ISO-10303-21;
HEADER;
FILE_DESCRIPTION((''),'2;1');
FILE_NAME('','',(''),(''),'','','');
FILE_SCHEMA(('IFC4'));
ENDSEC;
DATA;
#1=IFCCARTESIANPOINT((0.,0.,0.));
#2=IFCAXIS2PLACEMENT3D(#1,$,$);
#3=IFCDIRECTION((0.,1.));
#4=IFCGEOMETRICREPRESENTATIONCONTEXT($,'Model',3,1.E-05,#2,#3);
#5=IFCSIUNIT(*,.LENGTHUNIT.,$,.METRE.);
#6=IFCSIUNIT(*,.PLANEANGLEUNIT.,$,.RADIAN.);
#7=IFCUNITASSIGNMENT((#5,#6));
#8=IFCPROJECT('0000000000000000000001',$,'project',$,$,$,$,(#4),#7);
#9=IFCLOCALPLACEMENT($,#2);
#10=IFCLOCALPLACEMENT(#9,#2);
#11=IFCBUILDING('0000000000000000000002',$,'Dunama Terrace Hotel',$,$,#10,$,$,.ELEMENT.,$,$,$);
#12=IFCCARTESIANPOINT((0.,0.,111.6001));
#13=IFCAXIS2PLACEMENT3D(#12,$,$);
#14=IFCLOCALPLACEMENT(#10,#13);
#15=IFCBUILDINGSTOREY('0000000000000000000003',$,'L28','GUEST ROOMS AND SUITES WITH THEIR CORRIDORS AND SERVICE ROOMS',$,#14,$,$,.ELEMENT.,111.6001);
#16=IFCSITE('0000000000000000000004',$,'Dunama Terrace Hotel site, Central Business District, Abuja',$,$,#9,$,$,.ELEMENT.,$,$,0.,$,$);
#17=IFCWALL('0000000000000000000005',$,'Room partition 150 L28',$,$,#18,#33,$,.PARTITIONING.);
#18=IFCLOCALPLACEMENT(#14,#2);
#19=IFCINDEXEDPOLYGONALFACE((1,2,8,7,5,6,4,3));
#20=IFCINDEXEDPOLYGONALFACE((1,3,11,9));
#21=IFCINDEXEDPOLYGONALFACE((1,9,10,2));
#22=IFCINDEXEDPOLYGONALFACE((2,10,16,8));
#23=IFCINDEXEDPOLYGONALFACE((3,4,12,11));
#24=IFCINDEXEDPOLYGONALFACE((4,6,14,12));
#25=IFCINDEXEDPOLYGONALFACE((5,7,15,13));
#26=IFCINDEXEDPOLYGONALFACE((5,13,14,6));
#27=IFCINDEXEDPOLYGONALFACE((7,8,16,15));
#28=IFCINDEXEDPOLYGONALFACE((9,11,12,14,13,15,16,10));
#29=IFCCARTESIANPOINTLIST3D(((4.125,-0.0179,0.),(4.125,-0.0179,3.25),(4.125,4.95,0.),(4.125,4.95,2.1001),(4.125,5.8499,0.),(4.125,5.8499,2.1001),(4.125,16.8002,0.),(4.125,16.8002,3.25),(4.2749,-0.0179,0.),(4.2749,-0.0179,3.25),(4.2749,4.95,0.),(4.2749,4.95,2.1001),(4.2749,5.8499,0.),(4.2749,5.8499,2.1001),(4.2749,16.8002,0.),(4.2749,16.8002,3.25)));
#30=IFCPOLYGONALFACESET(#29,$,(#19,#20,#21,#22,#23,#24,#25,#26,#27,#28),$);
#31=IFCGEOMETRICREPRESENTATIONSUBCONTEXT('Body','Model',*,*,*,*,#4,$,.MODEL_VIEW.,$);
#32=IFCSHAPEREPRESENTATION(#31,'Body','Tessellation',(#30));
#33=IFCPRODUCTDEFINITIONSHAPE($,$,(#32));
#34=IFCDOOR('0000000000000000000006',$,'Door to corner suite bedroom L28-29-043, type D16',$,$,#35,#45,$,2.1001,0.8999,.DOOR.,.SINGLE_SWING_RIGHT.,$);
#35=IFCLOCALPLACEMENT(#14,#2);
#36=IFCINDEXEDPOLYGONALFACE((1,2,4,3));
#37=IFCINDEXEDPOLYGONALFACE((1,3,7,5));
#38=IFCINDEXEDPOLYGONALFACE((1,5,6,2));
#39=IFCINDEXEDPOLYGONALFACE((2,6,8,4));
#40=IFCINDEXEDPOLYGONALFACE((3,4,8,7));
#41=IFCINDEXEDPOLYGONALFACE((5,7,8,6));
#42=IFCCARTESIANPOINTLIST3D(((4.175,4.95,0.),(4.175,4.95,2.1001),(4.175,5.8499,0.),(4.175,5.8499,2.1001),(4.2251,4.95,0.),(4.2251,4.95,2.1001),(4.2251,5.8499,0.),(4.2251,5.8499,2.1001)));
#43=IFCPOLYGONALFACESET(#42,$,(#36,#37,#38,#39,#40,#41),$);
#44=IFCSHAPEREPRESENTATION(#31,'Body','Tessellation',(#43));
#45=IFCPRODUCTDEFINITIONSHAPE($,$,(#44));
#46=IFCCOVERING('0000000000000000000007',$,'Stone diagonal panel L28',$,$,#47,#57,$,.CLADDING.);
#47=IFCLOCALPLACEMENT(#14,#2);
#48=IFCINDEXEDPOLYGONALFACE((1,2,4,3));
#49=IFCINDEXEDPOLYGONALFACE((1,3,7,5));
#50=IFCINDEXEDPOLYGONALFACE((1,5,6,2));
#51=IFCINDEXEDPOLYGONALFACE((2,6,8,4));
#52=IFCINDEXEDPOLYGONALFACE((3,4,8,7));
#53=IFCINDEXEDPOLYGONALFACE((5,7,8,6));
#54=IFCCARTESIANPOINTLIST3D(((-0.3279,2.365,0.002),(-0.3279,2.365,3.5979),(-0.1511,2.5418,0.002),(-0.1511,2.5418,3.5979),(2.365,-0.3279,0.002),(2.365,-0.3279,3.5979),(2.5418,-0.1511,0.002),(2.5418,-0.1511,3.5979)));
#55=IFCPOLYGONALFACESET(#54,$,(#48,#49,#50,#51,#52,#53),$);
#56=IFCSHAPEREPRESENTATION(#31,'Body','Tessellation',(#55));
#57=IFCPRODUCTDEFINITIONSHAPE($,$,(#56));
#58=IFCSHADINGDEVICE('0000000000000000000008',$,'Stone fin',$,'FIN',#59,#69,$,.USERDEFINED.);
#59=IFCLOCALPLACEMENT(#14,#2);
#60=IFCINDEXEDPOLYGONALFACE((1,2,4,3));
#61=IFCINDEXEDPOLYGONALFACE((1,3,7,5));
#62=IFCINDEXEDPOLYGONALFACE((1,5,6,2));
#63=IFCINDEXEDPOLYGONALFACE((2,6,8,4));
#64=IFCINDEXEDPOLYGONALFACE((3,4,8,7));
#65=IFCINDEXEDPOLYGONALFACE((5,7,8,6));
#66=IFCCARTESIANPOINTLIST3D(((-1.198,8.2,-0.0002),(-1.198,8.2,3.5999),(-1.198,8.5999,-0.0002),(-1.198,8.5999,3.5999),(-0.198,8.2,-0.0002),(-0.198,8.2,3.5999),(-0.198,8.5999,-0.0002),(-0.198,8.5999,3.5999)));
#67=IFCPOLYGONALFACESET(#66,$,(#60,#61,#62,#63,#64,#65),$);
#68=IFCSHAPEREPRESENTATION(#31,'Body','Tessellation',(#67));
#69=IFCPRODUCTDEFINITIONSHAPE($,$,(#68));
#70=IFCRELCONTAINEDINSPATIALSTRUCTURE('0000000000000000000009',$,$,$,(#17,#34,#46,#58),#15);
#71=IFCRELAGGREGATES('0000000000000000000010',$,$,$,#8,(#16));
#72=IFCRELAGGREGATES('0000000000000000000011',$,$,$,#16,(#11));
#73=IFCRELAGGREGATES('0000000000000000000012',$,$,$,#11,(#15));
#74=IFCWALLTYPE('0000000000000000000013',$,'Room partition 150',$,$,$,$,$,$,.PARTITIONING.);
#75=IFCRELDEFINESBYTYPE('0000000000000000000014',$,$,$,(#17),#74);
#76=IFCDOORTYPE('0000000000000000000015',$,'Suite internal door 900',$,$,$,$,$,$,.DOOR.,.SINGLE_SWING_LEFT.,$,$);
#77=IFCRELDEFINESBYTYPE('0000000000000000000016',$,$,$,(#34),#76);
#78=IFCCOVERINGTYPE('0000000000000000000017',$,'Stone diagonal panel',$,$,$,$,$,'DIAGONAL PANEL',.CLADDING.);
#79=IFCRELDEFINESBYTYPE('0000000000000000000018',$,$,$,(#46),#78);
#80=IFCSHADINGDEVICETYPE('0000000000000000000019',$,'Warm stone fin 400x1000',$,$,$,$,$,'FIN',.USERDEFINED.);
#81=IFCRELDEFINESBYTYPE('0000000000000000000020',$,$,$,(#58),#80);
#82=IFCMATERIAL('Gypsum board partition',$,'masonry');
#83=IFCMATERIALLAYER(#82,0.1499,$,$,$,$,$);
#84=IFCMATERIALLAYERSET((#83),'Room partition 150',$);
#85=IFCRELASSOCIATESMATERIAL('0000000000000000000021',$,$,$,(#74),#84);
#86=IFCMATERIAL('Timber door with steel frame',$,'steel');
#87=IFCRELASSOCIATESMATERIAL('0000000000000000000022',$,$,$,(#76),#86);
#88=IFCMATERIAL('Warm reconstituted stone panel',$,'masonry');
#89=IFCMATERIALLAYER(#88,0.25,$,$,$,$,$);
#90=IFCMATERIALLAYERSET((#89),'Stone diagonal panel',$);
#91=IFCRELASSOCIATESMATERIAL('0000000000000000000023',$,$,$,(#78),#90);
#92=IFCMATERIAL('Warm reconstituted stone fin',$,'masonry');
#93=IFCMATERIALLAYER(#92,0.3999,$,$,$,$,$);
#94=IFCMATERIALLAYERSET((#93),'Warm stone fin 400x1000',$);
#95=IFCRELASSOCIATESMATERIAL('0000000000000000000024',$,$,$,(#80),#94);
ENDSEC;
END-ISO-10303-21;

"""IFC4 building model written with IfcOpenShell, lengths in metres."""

from ifc_helpers import new_model, si_unit, direction, frame, frame_2d, origin, origin_2d, place, context, subcontext, project, spatial, rectangle, extrude, material, layer, layer_set, type_object, element, fill, save


model = new_model("IFC4")

# Units and contexts
model_context = context("Model", 3, precision=1e-05, world=origin(), true_north=direction((0.0, 1.0)))
body_context = subcontext(model_context, "Body", "Model", "MODEL_VIEW")
ifc_project = project(units=[si_unit("LENGTHUNIT", "METRE"), si_unit("PLANEANGLEUNIT", "RADIAN")], contexts=[model_context])

# Site, building, storey
site_placement = place(None, origin())
site = spatial("IfcSite", under=ifc_project, at=site_placement, Name="Dunama Terrace Hotel site, Central Business District, Abuja", CompositionType="ELEMENT", RefElevation=0.0)
building_placement = place(site_placement, origin())
building = spatial("IfcBuilding", under=site, at=building_placement, Name="Dunama Terrace Hotel", CompositionType="ELEMENT")
storey_placement = place(building_placement, frame((0.0, 0.0, 111.6001)))
storey = spatial("IfcBuildingStorey", under=building, at=storey_placement, Name="L28", Description="GUEST ROOMS AND SUITES WITH THEIR CORRIDORS AND SERVICE ROOMS", CompositionType="ELEMENT", Elevation=111.6001)

# Shared definitions
ifc_material_1 = material(Name="Gypsum board partition", Category="masonry")
ifc_layer_1 = layer(ifc_material_1, 0.1499)
ifc_layer_set_1 = layer_set([ifc_layer_1], Name="Room partition 150")
wall_type = type_object("IfcWallType", Name="Room partition 150", PredefinedType="PARTITIONING", material=ifc_layer_set_1)

# Wall, opening, door
wall_1_placement = place(storey_placement, frame((4.2, -0.0181, 0.0), z_axis=(0.0, 0.0, 1.0), x_axis=(0.0, 1.0, 0.0)))
wall_1 = element("IfcWall", 1, at=wall_1_placement, inside=storey, type_object=wall_type, Name="Room partition 150 L28", PredefinedType="PARTITIONING", context=body_context, shape_type="SweptSolid", body=[
    extrude(rectangle(XDim=16.8181, YDim=0.1499, at=frame_2d((8.4092, 0.0))), origin(), (0.0, 0.0, 1.0), 3.25),
])
opening_placement = place(wall_1_placement, frame((4.968, 0.0, 0.0)))
opening = element("IfcOpeningElement", 2, at=opening_placement, cuts=wall_1, PredefinedType="OPENING", context=body_context, shape_type="SweptSolid", body=[
    extrude(rectangle(XDim=0.8999, YDim=2.1001, at=frame_2d((0.45, 1.05))), frame((0.0, 0.085, 0.0), z_axis=(0.0, -1.0, 0.0), x_axis=(1.0, 0.0, 0.0)), (0.0, 0.0, 1.0), 0.1699),
])
ifc_material_2 = material(Name="Timber door with steel frame", Category="steel")
door_type = type_object("IfcDoorType", Name="Suite internal door 900", OperationType="SINGLE_SWING_LEFT", PredefinedType="DOOR", material=ifc_material_2)
door_placement = place(opening_placement, origin())
door = element("IfcDoor", 3, at=door_placement, inside=storey, type_object=door_type, Name="Door to corner suite bedroom L28-29-043, type D16", OperationType="SINGLE_SWING_RIGHT", OverallHeight=2.1001, OverallWidth=0.8999, PredefinedType="DOOR", context=body_context, shape_type="SweptSolid", body=[
    extrude(rectangle(XDim=0.8999, YDim=2.1001, at=frame_2d((0.45, 1.05))), frame((0.0, 0.0249, 0.0), z_axis=(0.0, -1.0, 0.0), x_axis=(1.0, 0.0, 0.0)), (0.0, 0.0, 1.0), 0.05),
])
fill(opening, door)

# Covering
ifc_material_3 = material(Name="Warm reconstituted stone panel", Category="masonry")
ifc_layer_2 = layer(ifc_material_3, 0.25)
ifc_layer_set_2 = layer_set([ifc_layer_2], Name="Stone diagonal panel")
covering_type = type_object("IfcCoveringType", Name="Stone diagonal panel", ElementType="DIAGONAL PANEL", PredefinedType="CLADDING", material=ifc_layer_set_2)
covering_placement = place(storey_placement, frame((1.1069, 1.1069, 0.002), z_axis=(0.0, 0.0, 1.0), x_axis=(0.707107, -0.707107, 0.0)))
element("IfcCovering", 4, at=covering_placement, inside=storey, type_object=covering_type, Name="Stone diagonal panel L28", PredefinedType="CLADDING", context=body_context, shape_type="SweptSolid", body=[
    extrude(rectangle(XDim=3.8083, YDim=0.25, at=origin_2d()), origin(), (0.0, 0.0, 1.0), 3.5959),
])

# Shading device
ifc_material_4 = material(Name="Warm reconstituted stone fin", Category="masonry")
ifc_layer_3 = layer(ifc_material_4, 0.3999)
ifc_layer_set_3 = layer_set([ifc_layer_3], Name="Warm stone fin 400x1000")
shading_device_type = type_object("IfcShadingDeviceType", Name="Warm stone fin 400x1000", ElementType="FIN", PredefinedType="USERDEFINED", material=ifc_layer_set_3)
shading_device_placement = place(storey_placement, frame((-0.698, 8.3999, -0.0002), z_axis=(0.0, 0.0, 1.0), x_axis=(0.0, -1.0, 0.0)))
element("IfcShadingDevice", 5, at=shading_device_placement, inside=storey, type_object=shading_device_type, Name="Stone fin", ObjectType="FIN", PredefinedType="USERDEFINED", context=body_context, shape_type="SweptSolid", body=[
    extrude(rectangle(XDim=0.3999, YDim=1.0, at=origin_2d()), origin(), (0.0, 0.0, 1.0), 3.6001),
])

save(model, "model.ifc")
